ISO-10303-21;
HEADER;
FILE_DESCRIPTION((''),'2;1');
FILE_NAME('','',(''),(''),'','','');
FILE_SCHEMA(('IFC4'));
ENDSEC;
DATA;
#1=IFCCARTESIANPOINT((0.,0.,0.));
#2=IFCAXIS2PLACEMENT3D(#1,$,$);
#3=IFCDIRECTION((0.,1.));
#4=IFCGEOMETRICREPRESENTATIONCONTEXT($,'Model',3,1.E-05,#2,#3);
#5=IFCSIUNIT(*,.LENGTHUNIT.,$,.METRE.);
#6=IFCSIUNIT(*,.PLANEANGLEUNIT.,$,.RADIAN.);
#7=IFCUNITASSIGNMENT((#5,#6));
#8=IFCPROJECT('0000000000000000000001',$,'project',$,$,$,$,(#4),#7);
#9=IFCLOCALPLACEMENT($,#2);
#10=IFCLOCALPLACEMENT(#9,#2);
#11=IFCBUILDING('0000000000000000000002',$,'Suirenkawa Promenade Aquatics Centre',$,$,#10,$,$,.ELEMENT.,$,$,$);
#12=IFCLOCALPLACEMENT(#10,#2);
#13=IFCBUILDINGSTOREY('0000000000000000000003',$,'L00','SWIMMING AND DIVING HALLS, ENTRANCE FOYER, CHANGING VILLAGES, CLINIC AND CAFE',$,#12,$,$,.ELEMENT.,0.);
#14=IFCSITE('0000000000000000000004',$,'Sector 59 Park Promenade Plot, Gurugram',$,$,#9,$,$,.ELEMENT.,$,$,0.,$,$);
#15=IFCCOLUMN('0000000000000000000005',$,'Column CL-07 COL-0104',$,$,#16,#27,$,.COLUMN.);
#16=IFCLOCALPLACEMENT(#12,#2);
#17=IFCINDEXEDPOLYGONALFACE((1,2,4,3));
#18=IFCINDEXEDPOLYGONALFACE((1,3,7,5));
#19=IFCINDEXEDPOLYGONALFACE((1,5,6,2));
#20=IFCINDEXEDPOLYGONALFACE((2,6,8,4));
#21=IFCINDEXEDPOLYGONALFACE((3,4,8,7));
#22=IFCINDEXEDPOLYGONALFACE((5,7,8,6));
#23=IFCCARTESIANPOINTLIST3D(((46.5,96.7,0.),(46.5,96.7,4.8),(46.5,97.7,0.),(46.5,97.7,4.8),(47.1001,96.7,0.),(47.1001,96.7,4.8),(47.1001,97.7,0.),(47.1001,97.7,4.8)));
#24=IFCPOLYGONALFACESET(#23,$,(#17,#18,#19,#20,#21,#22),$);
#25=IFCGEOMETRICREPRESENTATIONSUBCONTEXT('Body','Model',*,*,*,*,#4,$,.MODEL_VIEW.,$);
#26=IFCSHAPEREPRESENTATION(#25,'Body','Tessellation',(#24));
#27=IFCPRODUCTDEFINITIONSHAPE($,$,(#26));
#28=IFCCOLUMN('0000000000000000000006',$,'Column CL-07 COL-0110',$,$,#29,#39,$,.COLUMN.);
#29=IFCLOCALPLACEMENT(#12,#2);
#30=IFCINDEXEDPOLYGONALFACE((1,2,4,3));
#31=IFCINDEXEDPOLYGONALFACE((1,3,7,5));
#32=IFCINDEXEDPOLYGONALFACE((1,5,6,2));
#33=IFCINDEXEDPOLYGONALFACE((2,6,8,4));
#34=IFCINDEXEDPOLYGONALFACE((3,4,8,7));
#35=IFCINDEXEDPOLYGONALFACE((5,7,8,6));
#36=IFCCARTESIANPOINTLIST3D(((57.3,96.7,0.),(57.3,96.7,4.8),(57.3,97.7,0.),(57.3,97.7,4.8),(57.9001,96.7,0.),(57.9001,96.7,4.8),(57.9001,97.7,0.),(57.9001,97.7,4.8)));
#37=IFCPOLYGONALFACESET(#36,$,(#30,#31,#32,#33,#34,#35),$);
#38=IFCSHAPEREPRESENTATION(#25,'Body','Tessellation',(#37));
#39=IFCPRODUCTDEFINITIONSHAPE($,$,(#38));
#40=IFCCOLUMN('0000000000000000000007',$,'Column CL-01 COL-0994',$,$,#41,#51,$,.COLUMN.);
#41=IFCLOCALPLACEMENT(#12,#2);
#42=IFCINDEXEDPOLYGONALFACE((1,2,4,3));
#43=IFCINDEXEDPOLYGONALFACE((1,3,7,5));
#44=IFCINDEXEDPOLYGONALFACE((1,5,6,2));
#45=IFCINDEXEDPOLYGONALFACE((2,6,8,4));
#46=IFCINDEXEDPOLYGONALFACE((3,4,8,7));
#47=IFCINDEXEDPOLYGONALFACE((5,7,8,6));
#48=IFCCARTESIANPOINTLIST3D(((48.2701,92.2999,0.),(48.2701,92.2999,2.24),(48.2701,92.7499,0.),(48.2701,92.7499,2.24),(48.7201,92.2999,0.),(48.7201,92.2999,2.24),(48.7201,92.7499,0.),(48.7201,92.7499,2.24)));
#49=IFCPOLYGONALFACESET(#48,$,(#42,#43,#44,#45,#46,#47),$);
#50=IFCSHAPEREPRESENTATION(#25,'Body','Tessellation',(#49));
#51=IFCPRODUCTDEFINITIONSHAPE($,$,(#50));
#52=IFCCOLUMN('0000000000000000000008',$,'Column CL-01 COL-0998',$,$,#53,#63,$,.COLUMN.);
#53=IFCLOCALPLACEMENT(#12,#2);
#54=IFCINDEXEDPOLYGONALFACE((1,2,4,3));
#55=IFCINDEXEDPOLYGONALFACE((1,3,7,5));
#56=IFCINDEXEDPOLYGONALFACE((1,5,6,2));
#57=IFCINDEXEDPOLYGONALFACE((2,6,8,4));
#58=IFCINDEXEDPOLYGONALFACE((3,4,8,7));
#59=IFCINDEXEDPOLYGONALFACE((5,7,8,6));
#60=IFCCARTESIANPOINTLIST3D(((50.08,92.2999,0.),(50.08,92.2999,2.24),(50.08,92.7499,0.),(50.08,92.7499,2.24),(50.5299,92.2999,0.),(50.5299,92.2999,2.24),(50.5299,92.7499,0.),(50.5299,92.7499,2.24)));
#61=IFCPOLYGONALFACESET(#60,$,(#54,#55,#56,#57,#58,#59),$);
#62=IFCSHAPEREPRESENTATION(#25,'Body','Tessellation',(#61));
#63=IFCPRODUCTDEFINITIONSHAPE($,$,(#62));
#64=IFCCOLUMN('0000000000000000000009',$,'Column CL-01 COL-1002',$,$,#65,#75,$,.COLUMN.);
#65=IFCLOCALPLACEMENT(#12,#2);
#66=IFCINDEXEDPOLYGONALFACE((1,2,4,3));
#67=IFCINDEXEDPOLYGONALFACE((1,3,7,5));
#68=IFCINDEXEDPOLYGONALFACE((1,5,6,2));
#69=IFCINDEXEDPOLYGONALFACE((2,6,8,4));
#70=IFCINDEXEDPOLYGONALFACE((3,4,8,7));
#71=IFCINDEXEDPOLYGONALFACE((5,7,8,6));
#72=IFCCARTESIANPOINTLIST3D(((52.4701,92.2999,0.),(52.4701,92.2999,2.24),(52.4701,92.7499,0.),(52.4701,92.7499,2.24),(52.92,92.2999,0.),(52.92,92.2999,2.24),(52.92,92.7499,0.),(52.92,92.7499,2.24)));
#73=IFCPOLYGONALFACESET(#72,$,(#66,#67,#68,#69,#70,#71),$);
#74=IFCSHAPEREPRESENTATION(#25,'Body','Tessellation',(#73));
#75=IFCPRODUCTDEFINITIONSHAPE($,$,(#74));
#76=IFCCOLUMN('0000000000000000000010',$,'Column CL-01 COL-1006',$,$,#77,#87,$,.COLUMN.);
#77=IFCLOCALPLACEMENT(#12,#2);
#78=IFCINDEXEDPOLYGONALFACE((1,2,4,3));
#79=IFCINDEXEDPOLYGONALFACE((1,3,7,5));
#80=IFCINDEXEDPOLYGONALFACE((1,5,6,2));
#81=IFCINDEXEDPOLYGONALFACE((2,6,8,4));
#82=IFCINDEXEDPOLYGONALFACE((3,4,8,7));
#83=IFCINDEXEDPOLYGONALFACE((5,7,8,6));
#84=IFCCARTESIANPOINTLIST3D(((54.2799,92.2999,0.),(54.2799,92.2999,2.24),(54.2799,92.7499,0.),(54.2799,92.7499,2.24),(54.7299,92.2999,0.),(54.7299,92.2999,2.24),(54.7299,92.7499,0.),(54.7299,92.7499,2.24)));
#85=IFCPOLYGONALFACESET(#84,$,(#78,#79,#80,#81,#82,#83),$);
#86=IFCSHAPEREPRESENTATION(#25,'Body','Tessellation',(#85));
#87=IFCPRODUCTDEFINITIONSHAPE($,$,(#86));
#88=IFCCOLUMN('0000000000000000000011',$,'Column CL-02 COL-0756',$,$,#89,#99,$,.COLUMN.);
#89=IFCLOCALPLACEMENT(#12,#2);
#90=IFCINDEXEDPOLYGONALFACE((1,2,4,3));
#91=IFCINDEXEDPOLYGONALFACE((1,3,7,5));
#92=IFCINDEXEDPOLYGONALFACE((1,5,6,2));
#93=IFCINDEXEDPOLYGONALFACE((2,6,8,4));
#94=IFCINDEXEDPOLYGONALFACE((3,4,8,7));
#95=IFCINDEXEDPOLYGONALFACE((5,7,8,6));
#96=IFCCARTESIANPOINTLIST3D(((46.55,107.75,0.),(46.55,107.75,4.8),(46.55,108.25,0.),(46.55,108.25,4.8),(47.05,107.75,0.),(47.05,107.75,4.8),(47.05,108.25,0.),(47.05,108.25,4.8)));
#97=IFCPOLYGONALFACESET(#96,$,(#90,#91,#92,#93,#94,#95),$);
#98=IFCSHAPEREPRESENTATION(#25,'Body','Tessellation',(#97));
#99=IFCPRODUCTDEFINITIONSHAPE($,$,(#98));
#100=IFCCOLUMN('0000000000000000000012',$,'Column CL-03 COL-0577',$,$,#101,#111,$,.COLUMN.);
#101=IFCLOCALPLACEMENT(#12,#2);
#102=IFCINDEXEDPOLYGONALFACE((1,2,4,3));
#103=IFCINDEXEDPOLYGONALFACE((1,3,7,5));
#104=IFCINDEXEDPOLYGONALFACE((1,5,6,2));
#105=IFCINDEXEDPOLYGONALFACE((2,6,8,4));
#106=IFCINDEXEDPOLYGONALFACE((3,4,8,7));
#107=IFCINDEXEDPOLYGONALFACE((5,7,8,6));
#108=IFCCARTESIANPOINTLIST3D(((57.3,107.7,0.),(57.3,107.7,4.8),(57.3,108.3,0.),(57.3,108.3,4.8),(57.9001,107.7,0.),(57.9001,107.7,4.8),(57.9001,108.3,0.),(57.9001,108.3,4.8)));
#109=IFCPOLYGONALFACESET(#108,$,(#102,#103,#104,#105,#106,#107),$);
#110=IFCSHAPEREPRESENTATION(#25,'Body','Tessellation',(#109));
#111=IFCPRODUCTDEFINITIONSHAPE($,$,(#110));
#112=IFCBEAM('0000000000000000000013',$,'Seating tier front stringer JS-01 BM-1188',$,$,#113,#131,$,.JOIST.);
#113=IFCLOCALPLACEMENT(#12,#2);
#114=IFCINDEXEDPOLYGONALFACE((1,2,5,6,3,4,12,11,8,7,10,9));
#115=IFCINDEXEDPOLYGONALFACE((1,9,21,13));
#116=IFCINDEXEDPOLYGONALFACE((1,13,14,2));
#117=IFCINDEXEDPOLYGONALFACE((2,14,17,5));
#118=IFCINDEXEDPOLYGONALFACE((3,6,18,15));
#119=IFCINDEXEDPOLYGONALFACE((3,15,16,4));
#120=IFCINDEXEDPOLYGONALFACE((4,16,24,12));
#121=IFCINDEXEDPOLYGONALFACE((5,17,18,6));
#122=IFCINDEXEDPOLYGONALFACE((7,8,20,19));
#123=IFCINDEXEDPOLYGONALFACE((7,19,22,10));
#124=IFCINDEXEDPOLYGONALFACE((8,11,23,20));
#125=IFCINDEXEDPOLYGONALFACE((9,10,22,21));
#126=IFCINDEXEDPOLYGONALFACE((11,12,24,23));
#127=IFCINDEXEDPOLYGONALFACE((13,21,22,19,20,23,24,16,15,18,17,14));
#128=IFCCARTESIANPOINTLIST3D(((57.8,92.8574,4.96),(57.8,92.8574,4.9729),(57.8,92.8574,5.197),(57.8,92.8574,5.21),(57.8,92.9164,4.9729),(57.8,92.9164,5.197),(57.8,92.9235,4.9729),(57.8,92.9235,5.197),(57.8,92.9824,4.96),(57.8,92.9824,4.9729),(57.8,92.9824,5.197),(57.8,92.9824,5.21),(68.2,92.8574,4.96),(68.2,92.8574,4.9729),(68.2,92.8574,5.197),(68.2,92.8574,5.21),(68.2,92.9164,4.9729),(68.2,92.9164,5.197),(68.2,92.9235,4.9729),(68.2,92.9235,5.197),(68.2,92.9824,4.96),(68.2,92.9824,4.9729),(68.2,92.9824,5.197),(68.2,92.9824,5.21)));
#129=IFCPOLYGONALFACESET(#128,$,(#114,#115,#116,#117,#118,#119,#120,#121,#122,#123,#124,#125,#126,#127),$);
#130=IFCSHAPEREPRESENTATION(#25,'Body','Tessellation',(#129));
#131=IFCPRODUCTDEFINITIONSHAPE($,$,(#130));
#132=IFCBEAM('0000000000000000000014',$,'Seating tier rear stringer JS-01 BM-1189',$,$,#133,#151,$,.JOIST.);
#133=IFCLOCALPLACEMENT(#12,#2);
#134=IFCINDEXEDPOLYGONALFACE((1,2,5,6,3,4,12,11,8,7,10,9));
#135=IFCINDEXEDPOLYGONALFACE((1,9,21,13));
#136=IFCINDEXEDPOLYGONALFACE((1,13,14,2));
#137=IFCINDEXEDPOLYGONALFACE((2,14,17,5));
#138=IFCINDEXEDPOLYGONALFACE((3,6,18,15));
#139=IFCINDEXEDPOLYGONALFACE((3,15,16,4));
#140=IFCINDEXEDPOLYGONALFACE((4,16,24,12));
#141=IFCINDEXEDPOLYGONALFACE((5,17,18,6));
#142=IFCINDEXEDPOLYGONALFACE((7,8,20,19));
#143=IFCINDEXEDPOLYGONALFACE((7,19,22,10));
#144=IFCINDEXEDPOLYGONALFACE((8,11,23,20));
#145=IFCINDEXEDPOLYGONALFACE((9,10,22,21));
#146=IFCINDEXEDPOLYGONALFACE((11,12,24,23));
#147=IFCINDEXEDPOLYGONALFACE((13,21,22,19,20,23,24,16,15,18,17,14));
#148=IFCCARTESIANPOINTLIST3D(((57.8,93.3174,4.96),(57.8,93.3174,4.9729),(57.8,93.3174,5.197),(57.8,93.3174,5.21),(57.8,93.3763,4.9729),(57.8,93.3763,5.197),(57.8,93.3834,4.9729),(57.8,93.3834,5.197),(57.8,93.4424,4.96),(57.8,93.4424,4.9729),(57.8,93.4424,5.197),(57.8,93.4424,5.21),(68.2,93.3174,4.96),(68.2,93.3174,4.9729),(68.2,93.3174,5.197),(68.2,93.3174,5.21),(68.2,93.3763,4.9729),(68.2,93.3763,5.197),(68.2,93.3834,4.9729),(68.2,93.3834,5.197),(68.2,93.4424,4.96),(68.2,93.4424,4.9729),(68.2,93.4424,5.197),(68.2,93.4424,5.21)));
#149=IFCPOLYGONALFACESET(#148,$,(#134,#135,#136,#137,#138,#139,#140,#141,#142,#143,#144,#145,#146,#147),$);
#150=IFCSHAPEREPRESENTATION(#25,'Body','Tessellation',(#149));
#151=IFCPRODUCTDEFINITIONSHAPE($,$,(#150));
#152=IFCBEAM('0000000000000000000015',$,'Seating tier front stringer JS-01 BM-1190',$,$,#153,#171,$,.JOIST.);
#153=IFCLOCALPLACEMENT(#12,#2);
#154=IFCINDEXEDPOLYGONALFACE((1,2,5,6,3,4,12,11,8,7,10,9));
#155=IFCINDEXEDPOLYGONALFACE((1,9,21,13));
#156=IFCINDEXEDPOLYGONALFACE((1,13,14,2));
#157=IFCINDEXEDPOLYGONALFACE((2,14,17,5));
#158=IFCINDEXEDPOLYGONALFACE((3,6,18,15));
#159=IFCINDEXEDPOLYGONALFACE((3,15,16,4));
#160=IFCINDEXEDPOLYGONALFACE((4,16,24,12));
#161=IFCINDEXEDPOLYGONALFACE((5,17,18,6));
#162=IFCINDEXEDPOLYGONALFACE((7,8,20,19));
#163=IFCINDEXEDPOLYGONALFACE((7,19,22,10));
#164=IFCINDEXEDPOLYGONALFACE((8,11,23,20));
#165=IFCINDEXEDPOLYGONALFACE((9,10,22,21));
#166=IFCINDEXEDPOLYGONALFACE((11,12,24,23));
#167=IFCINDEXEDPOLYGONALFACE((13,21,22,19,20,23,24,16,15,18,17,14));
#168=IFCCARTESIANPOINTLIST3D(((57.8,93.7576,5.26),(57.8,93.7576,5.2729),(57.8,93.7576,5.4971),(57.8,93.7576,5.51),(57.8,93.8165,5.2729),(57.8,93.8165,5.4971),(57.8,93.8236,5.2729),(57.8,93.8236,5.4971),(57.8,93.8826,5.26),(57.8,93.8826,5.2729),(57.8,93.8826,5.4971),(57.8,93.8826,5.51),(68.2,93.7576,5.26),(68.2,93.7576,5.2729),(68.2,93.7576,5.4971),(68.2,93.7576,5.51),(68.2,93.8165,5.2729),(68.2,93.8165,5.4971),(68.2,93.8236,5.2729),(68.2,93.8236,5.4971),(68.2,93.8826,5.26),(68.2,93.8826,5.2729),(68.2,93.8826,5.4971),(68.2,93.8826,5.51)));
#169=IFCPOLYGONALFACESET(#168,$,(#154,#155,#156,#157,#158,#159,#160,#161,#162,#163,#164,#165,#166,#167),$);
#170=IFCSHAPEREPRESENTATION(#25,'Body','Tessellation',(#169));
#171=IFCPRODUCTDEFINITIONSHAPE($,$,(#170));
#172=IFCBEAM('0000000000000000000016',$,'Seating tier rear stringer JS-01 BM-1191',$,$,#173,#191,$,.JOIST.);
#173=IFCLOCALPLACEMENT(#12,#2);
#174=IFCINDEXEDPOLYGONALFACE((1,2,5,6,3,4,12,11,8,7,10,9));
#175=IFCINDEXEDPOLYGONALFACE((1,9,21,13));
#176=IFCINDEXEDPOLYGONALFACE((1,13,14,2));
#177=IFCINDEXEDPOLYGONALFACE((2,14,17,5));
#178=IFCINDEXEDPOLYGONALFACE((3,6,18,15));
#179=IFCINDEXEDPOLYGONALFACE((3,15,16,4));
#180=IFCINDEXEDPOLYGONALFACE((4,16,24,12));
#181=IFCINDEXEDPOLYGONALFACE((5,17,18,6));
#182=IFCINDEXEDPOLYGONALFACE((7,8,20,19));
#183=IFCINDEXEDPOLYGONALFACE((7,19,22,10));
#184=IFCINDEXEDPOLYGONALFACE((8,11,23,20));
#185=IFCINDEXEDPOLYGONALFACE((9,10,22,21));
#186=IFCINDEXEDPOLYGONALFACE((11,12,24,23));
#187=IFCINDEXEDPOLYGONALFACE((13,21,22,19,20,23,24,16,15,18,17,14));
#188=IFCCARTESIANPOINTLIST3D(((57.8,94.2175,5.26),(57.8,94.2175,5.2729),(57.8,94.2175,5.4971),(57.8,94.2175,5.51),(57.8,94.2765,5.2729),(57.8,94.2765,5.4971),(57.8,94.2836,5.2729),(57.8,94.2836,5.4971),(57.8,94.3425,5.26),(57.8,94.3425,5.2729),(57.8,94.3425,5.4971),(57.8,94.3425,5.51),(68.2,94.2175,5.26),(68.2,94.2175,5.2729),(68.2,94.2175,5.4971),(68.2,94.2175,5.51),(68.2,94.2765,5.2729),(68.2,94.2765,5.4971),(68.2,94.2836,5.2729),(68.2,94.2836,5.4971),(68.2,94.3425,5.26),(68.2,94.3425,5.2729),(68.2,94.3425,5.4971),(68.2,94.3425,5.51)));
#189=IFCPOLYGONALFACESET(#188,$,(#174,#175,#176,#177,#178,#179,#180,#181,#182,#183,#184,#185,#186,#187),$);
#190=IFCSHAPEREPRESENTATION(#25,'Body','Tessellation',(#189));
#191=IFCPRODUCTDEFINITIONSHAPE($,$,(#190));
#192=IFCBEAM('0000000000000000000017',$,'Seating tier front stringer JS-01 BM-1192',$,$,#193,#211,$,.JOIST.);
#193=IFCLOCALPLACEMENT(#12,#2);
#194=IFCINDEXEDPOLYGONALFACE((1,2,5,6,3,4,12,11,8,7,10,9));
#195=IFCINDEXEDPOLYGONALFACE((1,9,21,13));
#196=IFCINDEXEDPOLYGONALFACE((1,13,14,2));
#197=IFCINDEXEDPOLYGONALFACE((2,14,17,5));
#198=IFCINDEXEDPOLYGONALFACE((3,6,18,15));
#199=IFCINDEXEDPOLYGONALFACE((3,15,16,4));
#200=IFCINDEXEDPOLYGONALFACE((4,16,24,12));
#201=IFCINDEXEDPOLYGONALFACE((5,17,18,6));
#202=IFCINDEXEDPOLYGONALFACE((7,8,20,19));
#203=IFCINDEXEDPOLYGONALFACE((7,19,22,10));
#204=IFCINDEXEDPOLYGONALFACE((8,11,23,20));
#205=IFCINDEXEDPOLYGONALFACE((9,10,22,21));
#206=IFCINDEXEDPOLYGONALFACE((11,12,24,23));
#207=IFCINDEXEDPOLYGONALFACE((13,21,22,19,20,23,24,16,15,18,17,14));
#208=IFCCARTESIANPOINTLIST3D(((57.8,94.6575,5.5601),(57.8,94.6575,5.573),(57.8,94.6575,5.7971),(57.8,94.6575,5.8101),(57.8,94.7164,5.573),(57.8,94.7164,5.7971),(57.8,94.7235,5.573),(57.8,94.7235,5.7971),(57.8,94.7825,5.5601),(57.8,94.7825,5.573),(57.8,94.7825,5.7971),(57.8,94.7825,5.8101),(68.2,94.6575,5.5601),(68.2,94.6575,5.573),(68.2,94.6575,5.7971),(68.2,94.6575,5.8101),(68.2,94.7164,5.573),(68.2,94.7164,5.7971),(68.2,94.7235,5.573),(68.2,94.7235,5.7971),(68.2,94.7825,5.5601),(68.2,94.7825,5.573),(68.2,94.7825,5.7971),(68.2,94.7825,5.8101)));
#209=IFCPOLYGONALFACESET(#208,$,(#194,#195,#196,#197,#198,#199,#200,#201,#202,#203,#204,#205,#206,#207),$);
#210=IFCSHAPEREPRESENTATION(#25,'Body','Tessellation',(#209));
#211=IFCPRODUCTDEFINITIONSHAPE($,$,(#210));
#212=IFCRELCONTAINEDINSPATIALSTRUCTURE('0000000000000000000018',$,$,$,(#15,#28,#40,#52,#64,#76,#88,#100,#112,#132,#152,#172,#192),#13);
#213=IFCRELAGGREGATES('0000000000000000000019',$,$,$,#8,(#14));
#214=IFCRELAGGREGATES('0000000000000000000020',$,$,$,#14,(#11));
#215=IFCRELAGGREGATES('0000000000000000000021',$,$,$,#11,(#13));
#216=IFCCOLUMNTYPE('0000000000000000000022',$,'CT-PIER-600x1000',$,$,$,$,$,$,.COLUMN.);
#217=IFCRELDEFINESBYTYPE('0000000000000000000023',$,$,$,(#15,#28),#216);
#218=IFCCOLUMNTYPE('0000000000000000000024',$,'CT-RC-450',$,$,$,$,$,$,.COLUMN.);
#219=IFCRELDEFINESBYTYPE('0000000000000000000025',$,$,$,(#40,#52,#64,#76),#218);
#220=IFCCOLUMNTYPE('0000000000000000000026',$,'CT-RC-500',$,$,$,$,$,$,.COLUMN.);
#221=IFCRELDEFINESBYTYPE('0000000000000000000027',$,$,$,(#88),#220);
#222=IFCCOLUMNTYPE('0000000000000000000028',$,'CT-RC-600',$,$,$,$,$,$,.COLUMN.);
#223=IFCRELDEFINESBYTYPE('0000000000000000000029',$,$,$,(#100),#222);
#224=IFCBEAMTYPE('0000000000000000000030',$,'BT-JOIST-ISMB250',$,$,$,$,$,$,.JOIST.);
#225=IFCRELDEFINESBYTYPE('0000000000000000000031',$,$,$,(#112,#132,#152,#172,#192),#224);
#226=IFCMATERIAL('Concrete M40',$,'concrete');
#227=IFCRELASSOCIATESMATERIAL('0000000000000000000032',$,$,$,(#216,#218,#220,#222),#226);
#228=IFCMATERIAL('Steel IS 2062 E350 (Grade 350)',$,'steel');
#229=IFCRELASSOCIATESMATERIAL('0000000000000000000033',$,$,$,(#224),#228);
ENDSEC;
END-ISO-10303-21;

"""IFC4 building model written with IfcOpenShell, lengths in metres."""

from ifc_helpers import new_model, si_unit, direction, frame, origin, origin_2d, place, context, subcontext, project, spatial, rectangle, i_section, extrude, material, material_profile, profile_set, type_object, element, save


model = new_model("IFC4")

# Units and contexts
model_context = context("Model", 3, precision=1e-05, world=origin(), true_north=direction((0.0, 1.0)))
body_context = subcontext(model_context, "Body", "Model", "MODEL_VIEW")
ifc_project = project(units=[si_unit("LENGTHUNIT", "METRE"), si_unit("PLANEANGLEUNIT", "RADIAN")], contexts=[model_context])

# Site, building, storey
site_placement = place(None, origin())
site = spatial("IfcSite", under=ifc_project, at=site_placement, Name="Sector 59 Park Promenade Plot, Gurugram", CompositionType="ELEMENT", RefElevation=0.0)
building_placement = place(site_placement, origin())
building = spatial("IfcBuilding", under=site, at=building_placement, Name="Suirenkawa Promenade Aquatics Centre", CompositionType="ELEMENT")
storey_placement = place(building_placement, origin())
storey = spatial("IfcBuildingStorey", under=building, at=storey_placement, Name="L00", Description="SWIMMING AND DIVING HALLS, ENTRANCE FOYER, CHANGING VILLAGES, CLINIC AND CAFE", CompositionType="ELEMENT", Elevation=0.0)

# Columns
ifc_material_1 = material(Name="Concrete M40", Category="concrete")
ifc_material_profile_1 = material_profile(ifc_material_1, rectangle(XDim=0.6001, YDim=1.0, at=origin_2d()), Name="RC PIER 600x1000", Category="concrete")
ifc_profile_set_1 = profile_set([ifc_material_profile_1], Name="Concrete M40")
column_type_1 = type_object("IfcColumnType", Name="CT-PIER-600x1000", PredefinedType="COLUMN", material=ifc_profile_set_1)
for number, where, z_axis, x_axis, name in (
    (1, (46.8, 97.2, 0.0), (0.0, 0.0, 1.0), (1.0, 0.0, 0.0), "Column CL-07 COL-0104"),
    (2, (57.6001, 97.2, 0.0), (0.0, 0.0, 1.0), (1.0, 0.0, 0.0), "Column CL-07 COL-0110"),
):
    element("IfcColumn", number, at=place(storey_placement, frame(where, z_axis=z_axis, x_axis=x_axis)), inside=storey, type_object=column_type_1, Name=name, PredefinedType="COLUMN", context=body_context, shape_type="SweptSolid", body=[
        extrude(rectangle(XDim=0.6001, YDim=1.0, at=origin_2d()), origin(), (0.0, 0.0, 1.0), 4.8),
    ])
ifc_material_profile_2 = material_profile(ifc_material_1, rectangle(XDim=0.45, YDim=0.45, at=origin_2d()), Name="RC COL 450x450", Category="concrete")
ifc_profile_set_2 = profile_set([ifc_material_profile_2], Name="Concrete M40")
column_type_2 = type_object("IfcColumnType", Name="CT-RC-450", PredefinedType="COLUMN", material=ifc_profile_set_2)
for number, where, z_axis, x_axis, name in (
    (3, (48.4951, 92.5249, 0.0), (0.0, 0.0, 1.0), (1.0, 0.0, 0.0), "Column CL-01 COL-0994"),
    (4, (50.3049, 92.5249, 0.0), (0.0, 0.0, 1.0), (1.0, 0.0, 0.0), "Column CL-01 COL-0998"),
    (5, (52.6951, 92.5249, 0.0), (0.0, 0.0, 1.0), (1.0, 0.0, 0.0), "Column CL-01 COL-1002"),
    (6, (54.5049, 92.5249, 0.0), (0.0, 0.0, 1.0), (1.0, 0.0, 0.0), "Column CL-01 COL-1006"),
):
    element("IfcColumn", number, at=place(storey_placement, frame(where, z_axis=z_axis, x_axis=x_axis)), inside=storey, type_object=column_type_2, Name=name, PredefinedType="COLUMN", context=body_context, shape_type="SweptSolid", body=[
        extrude(rectangle(XDim=0.45, YDim=0.45, at=origin_2d()), origin(), (0.0, 0.0, 1.0), 2.24),
    ])
ifc_material_profile_3 = material_profile(ifc_material_1, rectangle(XDim=0.5, YDim=0.5, at=origin_2d()), Name="RC COL 500x500", Category="concrete")
ifc_profile_set_3 = profile_set([ifc_material_profile_3], Name="Concrete M40")
column_type_3 = type_object("IfcColumnType", Name="CT-RC-500", PredefinedType="COLUMN", material=ifc_profile_set_3)
column_1_placement = place(storey_placement, frame((46.8, 108.0, 0.0), z_axis=(0.0, 0.0, 1.0), x_axis=(1.0, 0.0, 0.0)))
element("IfcColumn", 7, at=column_1_placement, inside=storey, type_object=column_type_3, Name="Column CL-02 COL-0756", PredefinedType="COLUMN", context=body_context, shape_type="SweptSolid", body=[
    extrude(rectangle(XDim=0.5, YDim=0.5, at=origin_2d()), origin(), (0.0, 0.0, 1.0), 4.8),
])
ifc_material_profile_4 = material_profile(ifc_material_1, rectangle(XDim=0.6001, YDim=0.6001, at=origin_2d()), Name="RC COL 600x600", Category="concrete")
ifc_profile_set_4 = profile_set([ifc_material_profile_4], Name="Concrete M40")
column_type_4 = type_object("IfcColumnType", Name="CT-RC-600", PredefinedType="COLUMN", material=ifc_profile_set_4)
column_2_placement = place(storey_placement, frame((57.6001, 108.0, 0.0), z_axis=(0.0, 0.0, 1.0), x_axis=(1.0, 0.0, 0.0)))
element("IfcColumn", 8, at=column_2_placement, inside=storey, type_object=column_type_4, Name="Column CL-03 COL-0577", PredefinedType="COLUMN", context=body_context, shape_type="SweptSolid", body=[
    extrude(rectangle(XDim=0.6001, YDim=0.6001, at=origin_2d()), origin(), (0.0, 0.0, 1.0), 4.8),
])

# Beams
ifc_material_2 = material(Name="Steel IS 2062 E350 (Grade 350)", Category="steel")
ifc_material_profile_5 = material_profile(ifc_material_2, i_section(OverallWidth=0.125, OverallDepth=0.25, WebThickness=0.0071, FlangeThickness=0.0129, at=origin_2d()), Name="ISMB 250", Category="steel")
ifc_profile_set_5 = profile_set([ifc_material_profile_5], Name="Steel IS 2062 E350 (Grade 350)")
beam_type_1 = type_object("IfcBeamType", Name="BT-JOIST-ISMB250", PredefinedType="JOIST", material=ifc_profile_set_5)
for number, where, z_axis, x_axis, name in (
    (9, (57.8, 92.9199, 5.085), (1.0, 0.0, 0.0), (0.0, 1.0, 0.0), "Seating tier front stringer JS-01 BM-1188"),
    (10, (57.8, 93.3799, 5.085), (1.0, 0.0, 0.0), (0.0, 1.0, 0.0), "Seating tier rear stringer JS-01 BM-1189"),
    (11, (57.8, 93.8201, 5.385), (1.0, 0.0, 0.0), (0.0, 1.0, 0.0), "Seating tier front stringer JS-01 BM-1190"),
    (12, (57.8, 94.28, 5.385), (1.0, 0.0, 0.0), (0.0, 1.0, 0.0), "Seating tier rear stringer JS-01 BM-1191"),
    (13, (57.8, 94.72, 5.6851), (1.0, 0.0, 0.0), (0.0, 1.0, 0.0), "Seating tier front stringer JS-01 BM-1192"),
):
    element("IfcBeam", number, at=place(storey_placement, frame(where, z_axis=z_axis, x_axis=x_axis)), inside=storey, type_object=beam_type_1, Name=name, PredefinedType="JOIST", context=body_context, shape_type="SweptSolid", body=[
        extrude(i_section(OverallWidth=0.125, OverallDepth=0.25, WebThickness=0.0071, FlangeThickness=0.0129, at=origin_2d()), origin(), (0.0, 0.0, 1.0), 10.3999),
    ])

save(model, "model.ifc")
